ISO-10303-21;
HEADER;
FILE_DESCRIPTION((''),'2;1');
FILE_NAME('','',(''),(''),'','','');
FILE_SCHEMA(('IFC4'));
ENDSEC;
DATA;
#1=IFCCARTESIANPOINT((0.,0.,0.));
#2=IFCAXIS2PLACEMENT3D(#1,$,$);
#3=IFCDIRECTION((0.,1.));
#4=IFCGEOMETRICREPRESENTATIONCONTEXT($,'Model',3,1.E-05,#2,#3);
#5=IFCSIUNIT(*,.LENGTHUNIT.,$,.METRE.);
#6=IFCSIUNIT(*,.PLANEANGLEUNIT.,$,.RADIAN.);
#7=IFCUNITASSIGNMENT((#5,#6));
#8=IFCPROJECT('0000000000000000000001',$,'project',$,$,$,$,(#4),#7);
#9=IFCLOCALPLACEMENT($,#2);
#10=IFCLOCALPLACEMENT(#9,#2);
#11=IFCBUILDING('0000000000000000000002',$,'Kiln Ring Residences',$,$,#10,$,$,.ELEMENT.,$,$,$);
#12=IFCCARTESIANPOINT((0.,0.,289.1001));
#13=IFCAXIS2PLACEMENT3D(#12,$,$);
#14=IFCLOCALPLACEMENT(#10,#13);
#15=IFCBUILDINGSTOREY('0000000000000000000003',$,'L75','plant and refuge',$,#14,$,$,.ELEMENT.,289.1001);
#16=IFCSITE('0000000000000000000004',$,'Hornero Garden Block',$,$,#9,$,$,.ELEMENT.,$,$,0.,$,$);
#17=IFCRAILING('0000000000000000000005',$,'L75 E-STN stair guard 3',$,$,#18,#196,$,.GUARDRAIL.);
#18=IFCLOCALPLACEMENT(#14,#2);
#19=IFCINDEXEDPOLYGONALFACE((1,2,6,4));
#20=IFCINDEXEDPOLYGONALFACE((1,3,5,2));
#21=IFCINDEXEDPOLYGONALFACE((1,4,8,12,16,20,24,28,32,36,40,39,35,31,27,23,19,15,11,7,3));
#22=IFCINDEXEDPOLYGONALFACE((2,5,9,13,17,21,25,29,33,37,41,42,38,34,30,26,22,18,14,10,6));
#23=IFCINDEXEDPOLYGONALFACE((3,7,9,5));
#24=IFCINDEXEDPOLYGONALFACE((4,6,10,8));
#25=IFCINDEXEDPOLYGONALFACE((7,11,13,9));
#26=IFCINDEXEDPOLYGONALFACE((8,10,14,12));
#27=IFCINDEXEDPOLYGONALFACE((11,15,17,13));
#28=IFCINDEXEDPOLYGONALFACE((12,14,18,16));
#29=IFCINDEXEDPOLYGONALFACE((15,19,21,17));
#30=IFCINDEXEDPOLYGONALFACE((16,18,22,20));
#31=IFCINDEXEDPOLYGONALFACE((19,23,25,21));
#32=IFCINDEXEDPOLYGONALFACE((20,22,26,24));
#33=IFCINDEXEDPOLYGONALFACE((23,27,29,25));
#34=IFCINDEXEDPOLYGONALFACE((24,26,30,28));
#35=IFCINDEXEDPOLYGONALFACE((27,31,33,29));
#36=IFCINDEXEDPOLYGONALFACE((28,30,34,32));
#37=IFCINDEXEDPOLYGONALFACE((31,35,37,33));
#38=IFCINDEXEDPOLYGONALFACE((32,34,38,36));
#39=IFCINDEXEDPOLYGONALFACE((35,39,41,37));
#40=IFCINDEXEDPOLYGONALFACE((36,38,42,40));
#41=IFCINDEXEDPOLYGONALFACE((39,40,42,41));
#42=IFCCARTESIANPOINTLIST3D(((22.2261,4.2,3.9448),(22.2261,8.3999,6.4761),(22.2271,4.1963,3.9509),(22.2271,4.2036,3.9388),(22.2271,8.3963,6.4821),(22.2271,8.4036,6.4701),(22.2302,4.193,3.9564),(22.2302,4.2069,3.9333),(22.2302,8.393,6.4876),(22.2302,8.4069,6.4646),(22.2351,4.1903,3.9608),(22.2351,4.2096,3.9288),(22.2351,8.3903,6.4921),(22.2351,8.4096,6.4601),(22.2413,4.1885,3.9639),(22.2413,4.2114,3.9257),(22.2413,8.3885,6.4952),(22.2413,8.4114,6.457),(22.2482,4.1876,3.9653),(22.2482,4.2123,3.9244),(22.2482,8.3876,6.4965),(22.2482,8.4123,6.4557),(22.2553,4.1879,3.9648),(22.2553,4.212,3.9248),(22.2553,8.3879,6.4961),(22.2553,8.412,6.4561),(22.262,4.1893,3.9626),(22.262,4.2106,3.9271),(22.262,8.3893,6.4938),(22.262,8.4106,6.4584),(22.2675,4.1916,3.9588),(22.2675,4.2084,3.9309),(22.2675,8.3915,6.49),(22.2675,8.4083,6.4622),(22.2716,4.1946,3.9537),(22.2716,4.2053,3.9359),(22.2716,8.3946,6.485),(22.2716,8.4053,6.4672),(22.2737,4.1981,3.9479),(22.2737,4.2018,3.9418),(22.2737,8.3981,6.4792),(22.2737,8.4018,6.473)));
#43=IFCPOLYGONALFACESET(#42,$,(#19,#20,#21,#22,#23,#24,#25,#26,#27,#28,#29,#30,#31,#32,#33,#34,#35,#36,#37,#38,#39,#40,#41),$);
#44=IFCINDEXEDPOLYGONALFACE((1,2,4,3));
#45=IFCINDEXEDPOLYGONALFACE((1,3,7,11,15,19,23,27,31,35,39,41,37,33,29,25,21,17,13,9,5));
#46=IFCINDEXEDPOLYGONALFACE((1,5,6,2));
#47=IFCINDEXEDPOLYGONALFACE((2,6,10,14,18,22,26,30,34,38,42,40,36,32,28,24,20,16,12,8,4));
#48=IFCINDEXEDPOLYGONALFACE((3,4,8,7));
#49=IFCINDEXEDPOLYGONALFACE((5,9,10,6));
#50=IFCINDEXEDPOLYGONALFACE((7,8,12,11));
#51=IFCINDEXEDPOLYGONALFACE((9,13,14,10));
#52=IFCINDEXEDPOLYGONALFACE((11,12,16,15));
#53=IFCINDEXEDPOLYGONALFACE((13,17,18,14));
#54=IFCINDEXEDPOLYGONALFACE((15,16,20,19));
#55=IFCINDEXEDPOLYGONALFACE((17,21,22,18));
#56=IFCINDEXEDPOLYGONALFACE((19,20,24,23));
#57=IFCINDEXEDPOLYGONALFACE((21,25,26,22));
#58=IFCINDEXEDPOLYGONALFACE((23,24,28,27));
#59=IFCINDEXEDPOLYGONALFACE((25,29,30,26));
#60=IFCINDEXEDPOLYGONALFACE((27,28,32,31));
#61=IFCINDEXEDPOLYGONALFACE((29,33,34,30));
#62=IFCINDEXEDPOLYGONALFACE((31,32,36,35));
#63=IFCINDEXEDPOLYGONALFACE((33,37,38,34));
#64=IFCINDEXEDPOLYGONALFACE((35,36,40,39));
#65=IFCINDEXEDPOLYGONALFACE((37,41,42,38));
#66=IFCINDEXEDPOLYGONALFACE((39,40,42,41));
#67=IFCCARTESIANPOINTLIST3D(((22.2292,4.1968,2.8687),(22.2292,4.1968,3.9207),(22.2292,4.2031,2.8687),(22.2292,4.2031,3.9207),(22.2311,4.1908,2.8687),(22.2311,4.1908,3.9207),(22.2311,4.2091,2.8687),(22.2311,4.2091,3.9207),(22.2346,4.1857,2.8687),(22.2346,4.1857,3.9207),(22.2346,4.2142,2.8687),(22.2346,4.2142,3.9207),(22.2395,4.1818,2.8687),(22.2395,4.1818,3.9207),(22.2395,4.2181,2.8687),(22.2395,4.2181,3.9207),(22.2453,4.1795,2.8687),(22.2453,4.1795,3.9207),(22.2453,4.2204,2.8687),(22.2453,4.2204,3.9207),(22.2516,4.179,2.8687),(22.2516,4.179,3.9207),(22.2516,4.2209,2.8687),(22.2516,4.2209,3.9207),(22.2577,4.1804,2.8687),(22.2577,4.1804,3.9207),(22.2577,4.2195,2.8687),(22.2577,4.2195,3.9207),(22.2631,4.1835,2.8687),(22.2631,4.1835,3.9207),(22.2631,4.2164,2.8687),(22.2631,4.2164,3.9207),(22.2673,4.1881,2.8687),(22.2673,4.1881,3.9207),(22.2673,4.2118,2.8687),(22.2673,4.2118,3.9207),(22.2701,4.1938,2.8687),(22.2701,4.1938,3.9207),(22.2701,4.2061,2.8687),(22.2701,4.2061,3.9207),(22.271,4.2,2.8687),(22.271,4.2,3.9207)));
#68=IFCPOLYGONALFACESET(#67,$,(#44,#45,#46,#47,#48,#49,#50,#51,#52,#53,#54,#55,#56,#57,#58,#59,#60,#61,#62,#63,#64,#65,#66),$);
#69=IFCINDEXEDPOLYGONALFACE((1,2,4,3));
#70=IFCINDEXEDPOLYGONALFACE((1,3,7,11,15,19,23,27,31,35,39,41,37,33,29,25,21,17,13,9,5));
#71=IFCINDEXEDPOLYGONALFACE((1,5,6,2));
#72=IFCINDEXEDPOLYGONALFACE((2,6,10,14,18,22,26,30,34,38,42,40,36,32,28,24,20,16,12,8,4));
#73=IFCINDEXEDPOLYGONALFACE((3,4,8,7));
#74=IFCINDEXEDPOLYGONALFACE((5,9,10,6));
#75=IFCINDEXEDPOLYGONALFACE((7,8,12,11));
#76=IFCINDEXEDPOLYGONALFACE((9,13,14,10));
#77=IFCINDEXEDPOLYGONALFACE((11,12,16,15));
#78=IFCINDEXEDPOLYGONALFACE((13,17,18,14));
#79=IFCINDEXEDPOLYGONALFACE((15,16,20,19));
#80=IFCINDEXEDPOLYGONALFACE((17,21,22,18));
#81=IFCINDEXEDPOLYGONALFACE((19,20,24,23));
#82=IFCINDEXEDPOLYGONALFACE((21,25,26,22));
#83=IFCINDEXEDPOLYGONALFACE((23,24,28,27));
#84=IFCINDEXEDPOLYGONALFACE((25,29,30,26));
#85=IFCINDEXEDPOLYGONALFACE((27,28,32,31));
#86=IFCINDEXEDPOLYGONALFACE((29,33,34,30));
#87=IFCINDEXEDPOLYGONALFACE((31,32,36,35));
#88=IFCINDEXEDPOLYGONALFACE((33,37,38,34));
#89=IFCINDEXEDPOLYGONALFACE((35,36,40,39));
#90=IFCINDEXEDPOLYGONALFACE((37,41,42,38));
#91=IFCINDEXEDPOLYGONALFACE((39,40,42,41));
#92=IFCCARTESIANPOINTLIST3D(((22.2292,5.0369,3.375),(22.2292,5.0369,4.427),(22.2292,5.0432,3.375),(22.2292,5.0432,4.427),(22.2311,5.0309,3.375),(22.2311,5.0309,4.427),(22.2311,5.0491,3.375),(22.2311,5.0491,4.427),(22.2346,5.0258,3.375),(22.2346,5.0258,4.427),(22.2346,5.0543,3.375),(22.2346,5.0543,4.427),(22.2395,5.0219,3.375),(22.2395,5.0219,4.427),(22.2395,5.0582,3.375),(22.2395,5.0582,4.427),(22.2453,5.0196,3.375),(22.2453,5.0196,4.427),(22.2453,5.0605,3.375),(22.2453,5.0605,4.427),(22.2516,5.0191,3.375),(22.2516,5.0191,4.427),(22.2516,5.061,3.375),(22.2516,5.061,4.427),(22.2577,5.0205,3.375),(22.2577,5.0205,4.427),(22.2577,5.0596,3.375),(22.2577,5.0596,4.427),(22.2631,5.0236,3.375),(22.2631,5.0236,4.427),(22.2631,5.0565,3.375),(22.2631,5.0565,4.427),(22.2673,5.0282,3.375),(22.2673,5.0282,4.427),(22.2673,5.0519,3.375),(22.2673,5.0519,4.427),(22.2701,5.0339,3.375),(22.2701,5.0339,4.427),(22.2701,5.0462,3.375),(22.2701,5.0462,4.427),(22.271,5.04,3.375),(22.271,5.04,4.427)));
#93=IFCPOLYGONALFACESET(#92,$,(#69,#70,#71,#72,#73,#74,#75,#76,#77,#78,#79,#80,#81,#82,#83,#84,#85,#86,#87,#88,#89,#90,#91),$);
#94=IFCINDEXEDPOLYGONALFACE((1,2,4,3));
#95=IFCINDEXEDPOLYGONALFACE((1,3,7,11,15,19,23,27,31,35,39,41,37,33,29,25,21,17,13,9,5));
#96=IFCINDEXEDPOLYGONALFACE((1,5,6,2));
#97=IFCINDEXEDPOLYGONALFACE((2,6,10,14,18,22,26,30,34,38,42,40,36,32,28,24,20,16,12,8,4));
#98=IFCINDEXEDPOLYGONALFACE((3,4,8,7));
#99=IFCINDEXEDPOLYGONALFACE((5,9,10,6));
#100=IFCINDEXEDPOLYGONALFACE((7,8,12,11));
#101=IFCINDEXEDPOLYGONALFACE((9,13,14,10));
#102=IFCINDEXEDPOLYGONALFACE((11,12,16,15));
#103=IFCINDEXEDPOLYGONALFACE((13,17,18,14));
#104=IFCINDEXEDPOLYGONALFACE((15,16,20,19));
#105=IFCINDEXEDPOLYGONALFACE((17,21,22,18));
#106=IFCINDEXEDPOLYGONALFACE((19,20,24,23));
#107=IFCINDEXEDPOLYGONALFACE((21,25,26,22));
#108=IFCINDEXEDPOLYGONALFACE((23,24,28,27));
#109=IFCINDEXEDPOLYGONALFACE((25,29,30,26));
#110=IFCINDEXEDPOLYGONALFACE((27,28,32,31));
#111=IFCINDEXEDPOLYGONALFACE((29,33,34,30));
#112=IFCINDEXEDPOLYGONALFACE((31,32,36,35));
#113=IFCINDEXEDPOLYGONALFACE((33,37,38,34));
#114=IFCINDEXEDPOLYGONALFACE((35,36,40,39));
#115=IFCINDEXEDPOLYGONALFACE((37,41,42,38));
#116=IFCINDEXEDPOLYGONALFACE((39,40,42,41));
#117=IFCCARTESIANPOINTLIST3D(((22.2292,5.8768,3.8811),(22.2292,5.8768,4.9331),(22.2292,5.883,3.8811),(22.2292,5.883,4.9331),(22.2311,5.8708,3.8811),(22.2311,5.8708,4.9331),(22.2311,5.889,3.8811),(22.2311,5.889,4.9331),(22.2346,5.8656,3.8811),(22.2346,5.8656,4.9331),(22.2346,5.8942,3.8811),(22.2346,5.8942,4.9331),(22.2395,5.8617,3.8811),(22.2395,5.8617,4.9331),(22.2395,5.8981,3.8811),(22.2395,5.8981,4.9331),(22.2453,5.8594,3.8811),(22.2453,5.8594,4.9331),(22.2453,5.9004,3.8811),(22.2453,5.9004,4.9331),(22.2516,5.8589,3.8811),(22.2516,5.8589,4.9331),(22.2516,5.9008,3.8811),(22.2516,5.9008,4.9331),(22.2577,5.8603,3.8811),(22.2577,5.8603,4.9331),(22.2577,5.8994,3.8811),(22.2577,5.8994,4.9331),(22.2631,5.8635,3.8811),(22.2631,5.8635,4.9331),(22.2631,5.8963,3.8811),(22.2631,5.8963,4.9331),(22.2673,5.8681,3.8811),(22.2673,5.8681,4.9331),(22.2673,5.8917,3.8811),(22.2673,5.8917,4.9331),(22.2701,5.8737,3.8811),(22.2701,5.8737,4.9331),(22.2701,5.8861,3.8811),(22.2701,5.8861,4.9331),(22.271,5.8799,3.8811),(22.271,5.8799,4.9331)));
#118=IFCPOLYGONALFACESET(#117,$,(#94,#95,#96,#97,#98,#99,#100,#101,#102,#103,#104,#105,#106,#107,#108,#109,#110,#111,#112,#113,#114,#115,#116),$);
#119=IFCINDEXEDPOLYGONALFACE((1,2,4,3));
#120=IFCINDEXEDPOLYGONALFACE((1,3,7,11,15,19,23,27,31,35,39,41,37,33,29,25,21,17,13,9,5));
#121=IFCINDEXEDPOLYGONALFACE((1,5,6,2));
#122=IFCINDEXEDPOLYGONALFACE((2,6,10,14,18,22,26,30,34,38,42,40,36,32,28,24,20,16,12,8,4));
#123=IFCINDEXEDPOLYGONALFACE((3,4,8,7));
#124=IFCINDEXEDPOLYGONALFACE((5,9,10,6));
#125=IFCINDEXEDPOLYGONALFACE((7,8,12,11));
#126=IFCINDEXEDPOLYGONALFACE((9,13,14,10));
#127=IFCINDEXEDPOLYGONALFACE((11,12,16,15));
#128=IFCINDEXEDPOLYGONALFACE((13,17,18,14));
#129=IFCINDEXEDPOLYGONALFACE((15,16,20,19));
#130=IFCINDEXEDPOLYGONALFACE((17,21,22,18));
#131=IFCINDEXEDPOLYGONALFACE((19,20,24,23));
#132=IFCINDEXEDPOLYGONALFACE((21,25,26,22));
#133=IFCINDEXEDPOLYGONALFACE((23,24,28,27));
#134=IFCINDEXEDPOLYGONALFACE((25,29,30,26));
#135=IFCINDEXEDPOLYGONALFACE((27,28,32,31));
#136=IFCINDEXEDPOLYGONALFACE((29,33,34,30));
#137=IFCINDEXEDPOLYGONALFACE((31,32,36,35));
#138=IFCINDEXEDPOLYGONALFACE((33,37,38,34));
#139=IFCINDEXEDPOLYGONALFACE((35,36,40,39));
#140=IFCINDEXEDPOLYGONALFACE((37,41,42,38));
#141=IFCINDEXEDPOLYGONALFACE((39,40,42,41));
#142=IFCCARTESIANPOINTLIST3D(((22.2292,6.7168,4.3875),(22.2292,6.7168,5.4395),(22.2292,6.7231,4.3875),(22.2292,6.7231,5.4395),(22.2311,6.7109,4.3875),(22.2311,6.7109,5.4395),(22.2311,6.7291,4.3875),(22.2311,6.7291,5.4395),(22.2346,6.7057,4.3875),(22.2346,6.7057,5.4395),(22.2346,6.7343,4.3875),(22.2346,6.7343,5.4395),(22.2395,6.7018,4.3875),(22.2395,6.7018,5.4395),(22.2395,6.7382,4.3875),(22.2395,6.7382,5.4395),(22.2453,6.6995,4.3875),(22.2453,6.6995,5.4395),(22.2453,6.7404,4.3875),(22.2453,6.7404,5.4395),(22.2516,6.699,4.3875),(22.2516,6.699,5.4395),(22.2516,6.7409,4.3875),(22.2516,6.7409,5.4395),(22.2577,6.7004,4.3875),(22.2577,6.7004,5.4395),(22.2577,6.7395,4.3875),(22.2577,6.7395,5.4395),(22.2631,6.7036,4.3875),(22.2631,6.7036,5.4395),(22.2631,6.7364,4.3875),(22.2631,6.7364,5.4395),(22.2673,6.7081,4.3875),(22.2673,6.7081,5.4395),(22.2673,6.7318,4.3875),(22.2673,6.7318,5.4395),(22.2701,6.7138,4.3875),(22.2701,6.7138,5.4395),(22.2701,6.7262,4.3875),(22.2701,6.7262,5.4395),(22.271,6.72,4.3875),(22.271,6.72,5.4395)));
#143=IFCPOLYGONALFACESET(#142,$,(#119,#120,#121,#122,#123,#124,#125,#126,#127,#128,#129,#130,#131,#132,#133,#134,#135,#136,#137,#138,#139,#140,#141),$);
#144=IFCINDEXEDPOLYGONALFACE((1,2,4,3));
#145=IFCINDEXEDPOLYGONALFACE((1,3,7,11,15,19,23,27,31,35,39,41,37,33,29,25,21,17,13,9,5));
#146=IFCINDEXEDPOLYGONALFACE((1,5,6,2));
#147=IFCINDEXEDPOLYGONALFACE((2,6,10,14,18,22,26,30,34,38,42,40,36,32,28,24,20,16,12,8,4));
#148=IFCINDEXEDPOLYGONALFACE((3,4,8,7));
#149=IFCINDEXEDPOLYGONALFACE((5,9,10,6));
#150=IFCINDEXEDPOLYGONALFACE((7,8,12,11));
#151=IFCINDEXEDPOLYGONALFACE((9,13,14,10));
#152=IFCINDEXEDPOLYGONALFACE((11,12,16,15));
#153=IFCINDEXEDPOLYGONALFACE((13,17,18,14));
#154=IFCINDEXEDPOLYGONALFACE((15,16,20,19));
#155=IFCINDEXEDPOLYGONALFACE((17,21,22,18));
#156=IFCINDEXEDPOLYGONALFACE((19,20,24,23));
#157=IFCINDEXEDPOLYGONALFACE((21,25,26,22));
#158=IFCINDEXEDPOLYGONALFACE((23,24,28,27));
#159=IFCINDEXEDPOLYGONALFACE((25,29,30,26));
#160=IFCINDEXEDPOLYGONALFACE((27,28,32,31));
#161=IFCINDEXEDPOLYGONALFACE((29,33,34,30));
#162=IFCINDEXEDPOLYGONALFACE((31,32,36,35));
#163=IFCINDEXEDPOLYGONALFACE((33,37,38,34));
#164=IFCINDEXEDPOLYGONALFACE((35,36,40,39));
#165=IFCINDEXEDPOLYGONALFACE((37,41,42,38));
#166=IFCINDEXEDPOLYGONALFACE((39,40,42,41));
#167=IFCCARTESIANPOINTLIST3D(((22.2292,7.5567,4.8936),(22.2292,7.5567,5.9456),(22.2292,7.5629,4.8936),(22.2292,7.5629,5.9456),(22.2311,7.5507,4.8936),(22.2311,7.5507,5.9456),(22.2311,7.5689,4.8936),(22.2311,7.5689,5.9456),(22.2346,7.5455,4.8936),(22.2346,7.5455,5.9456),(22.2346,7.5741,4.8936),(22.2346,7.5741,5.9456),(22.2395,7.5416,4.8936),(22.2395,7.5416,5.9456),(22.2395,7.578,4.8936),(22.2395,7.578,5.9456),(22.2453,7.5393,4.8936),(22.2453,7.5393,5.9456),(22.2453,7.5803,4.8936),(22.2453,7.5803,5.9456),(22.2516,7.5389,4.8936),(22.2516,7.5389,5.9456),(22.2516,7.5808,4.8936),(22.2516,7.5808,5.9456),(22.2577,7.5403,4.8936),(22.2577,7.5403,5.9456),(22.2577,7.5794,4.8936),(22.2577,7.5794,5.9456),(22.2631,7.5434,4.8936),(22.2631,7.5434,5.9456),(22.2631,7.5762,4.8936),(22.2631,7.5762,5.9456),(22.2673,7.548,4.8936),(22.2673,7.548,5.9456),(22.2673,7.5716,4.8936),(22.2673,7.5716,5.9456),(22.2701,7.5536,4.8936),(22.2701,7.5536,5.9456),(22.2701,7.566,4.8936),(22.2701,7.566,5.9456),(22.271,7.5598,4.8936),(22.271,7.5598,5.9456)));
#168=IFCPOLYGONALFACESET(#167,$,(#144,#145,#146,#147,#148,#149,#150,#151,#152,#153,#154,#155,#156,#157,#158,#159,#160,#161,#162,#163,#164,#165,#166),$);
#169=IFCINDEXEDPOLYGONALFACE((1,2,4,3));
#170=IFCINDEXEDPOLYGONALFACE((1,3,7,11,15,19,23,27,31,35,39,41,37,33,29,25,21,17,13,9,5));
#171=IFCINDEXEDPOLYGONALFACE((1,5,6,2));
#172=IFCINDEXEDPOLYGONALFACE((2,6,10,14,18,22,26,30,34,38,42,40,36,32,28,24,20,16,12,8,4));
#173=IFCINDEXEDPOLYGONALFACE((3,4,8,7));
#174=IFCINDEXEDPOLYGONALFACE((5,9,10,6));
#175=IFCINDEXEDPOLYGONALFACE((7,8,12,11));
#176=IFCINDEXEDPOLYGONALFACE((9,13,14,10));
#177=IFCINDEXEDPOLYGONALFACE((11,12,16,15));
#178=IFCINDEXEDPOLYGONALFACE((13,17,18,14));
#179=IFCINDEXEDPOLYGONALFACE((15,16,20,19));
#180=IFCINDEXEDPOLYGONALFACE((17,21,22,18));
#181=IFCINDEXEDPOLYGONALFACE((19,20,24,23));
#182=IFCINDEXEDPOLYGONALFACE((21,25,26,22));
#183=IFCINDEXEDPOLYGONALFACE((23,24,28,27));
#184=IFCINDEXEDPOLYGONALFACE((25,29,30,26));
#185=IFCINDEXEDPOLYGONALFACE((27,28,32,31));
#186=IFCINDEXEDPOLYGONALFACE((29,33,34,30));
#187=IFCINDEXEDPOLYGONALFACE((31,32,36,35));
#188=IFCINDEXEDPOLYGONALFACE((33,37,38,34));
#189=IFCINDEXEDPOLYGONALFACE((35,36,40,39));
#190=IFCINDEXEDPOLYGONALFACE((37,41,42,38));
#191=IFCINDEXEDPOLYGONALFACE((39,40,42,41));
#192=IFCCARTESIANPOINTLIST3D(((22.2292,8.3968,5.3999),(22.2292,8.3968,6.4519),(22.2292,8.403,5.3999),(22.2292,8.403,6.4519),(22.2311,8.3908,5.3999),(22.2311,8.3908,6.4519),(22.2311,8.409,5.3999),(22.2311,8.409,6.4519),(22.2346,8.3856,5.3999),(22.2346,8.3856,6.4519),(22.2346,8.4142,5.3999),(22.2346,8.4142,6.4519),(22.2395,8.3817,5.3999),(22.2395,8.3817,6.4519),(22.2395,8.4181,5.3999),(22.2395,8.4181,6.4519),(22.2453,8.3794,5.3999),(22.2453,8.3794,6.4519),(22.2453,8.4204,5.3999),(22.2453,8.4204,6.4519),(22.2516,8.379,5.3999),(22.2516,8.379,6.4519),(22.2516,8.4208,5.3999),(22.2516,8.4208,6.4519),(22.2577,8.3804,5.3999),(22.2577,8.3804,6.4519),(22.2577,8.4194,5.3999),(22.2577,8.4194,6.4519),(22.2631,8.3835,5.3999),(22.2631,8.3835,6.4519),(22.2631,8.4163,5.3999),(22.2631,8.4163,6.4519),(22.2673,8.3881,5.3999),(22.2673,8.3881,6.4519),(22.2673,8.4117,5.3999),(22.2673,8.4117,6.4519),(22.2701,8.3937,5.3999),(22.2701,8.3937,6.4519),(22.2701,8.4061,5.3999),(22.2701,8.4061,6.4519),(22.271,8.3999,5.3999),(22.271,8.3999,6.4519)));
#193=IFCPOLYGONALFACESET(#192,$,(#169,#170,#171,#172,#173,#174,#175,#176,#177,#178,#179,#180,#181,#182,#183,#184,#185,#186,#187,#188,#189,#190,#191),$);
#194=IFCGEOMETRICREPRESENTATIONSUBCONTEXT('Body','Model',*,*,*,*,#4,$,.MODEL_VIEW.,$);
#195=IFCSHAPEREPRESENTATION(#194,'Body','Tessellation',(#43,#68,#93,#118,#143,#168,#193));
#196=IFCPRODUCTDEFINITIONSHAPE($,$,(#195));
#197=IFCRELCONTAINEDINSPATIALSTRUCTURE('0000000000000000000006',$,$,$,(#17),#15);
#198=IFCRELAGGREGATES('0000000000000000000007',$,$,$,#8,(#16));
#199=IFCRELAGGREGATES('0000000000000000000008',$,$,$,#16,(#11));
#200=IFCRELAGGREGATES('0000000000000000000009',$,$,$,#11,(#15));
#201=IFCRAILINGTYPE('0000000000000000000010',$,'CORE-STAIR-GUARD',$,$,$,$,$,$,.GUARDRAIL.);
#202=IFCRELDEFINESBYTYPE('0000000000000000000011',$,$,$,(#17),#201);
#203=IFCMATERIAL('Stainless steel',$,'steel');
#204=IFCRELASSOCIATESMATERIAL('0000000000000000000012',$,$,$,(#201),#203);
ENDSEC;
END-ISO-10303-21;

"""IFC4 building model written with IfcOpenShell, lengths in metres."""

from ifc_helpers import new_model, si_unit, direction, frame, origin, origin_2d, place, context, subcontext, project, spatial, circle, extrude, material, type_object, element, save


model = new_model("IFC4")

# Units and contexts
model_context = context("Model", 3, precision=1e-05, world=origin(), true_north=direction((0.0, 1.0)))
body_context = subcontext(model_context, "Body", "Model", "MODEL_VIEW")
ifc_project = project(units=[si_unit("LENGTHUNIT", "METRE"), si_unit("PLANEANGLEUNIT", "RADIAN")], contexts=[model_context])

# Site, building, storey
site_placement = place(None, origin())
site = spatial("IfcSite", under=ifc_project, at=site_placement, Name="Hornero Garden Block", CompositionType="ELEMENT", RefElevation=0.0)
building_placement = place(site_placement, origin())
building = spatial("IfcBuilding", under=site, at=building_placement, Name="Kiln Ring Residences", CompositionType="ELEMENT")
storey_placement = place(building_placement, frame((0.0, 0.0, 289.1001)))
storey = spatial("IfcBuildingStorey", under=building, at=storey_placement, Name="L75", Description="plant and refuge", CompositionType="ELEMENT", Elevation=289.1001)

# Railing
ifc_material_1 = material(Name="Stainless steel", Category="steel")
railing_type_1 = type_object("IfcRailingType", Name="CORE-STAIR-GUARD", PredefinedType="GUARDRAIL", material=ifc_material_1)
railing_1_placement = place(storey_placement, frame((22.25, 4.2, 2.8687)))
element("IfcRailing", 1, at=railing_1_placement, inside=storey, type_object=railing_type_1, Name="L75 E-STN stair guard 3", PredefinedType="GUARDRAIL", context=body_context, shape_type="SweptSolid", body=[
    extrude(circle(Radius=0.0239, at=origin_2d()), frame((0.0, 0.0, 1.0762), z_axis=(0.0, 0.856476, 0.516186), x_axis=(-1.0, 0.0, 0.0)), (0.0, 0.0, 1.0), 4.9038),
    extrude(circle(Radius=0.021, at=origin_2d()), origin(), (0.0, 0.0, 1.0), 1.052),
    extrude(circle(Radius=0.021, at=origin_2d()), frame((0.0, 0.8401, 0.5063)), (0.0, 0.0, 1.0), 1.052),
    extrude(circle(Radius=0.021, at=origin_2d()), frame((0.0, 1.6799, 1.0125)), (0.0, 0.0, 1.0), 1.052),
    extrude(circle(Radius=0.021, at=origin_2d()), frame((0.0, 2.52, 1.5188)), (0.0, 0.0, 1.0), 1.052),
    extrude(circle(Radius=0.021, at=origin_2d()), frame((0.0, 3.3599, 2.0249)), (0.0, 0.0, 1.0), 1.052),
    extrude(circle(Radius=0.021, at=origin_2d()), frame((0.0, 4.2, 2.5312)), (0.0, 0.0, 1.0), 1.052),
])

save(model, "model.ifc")
